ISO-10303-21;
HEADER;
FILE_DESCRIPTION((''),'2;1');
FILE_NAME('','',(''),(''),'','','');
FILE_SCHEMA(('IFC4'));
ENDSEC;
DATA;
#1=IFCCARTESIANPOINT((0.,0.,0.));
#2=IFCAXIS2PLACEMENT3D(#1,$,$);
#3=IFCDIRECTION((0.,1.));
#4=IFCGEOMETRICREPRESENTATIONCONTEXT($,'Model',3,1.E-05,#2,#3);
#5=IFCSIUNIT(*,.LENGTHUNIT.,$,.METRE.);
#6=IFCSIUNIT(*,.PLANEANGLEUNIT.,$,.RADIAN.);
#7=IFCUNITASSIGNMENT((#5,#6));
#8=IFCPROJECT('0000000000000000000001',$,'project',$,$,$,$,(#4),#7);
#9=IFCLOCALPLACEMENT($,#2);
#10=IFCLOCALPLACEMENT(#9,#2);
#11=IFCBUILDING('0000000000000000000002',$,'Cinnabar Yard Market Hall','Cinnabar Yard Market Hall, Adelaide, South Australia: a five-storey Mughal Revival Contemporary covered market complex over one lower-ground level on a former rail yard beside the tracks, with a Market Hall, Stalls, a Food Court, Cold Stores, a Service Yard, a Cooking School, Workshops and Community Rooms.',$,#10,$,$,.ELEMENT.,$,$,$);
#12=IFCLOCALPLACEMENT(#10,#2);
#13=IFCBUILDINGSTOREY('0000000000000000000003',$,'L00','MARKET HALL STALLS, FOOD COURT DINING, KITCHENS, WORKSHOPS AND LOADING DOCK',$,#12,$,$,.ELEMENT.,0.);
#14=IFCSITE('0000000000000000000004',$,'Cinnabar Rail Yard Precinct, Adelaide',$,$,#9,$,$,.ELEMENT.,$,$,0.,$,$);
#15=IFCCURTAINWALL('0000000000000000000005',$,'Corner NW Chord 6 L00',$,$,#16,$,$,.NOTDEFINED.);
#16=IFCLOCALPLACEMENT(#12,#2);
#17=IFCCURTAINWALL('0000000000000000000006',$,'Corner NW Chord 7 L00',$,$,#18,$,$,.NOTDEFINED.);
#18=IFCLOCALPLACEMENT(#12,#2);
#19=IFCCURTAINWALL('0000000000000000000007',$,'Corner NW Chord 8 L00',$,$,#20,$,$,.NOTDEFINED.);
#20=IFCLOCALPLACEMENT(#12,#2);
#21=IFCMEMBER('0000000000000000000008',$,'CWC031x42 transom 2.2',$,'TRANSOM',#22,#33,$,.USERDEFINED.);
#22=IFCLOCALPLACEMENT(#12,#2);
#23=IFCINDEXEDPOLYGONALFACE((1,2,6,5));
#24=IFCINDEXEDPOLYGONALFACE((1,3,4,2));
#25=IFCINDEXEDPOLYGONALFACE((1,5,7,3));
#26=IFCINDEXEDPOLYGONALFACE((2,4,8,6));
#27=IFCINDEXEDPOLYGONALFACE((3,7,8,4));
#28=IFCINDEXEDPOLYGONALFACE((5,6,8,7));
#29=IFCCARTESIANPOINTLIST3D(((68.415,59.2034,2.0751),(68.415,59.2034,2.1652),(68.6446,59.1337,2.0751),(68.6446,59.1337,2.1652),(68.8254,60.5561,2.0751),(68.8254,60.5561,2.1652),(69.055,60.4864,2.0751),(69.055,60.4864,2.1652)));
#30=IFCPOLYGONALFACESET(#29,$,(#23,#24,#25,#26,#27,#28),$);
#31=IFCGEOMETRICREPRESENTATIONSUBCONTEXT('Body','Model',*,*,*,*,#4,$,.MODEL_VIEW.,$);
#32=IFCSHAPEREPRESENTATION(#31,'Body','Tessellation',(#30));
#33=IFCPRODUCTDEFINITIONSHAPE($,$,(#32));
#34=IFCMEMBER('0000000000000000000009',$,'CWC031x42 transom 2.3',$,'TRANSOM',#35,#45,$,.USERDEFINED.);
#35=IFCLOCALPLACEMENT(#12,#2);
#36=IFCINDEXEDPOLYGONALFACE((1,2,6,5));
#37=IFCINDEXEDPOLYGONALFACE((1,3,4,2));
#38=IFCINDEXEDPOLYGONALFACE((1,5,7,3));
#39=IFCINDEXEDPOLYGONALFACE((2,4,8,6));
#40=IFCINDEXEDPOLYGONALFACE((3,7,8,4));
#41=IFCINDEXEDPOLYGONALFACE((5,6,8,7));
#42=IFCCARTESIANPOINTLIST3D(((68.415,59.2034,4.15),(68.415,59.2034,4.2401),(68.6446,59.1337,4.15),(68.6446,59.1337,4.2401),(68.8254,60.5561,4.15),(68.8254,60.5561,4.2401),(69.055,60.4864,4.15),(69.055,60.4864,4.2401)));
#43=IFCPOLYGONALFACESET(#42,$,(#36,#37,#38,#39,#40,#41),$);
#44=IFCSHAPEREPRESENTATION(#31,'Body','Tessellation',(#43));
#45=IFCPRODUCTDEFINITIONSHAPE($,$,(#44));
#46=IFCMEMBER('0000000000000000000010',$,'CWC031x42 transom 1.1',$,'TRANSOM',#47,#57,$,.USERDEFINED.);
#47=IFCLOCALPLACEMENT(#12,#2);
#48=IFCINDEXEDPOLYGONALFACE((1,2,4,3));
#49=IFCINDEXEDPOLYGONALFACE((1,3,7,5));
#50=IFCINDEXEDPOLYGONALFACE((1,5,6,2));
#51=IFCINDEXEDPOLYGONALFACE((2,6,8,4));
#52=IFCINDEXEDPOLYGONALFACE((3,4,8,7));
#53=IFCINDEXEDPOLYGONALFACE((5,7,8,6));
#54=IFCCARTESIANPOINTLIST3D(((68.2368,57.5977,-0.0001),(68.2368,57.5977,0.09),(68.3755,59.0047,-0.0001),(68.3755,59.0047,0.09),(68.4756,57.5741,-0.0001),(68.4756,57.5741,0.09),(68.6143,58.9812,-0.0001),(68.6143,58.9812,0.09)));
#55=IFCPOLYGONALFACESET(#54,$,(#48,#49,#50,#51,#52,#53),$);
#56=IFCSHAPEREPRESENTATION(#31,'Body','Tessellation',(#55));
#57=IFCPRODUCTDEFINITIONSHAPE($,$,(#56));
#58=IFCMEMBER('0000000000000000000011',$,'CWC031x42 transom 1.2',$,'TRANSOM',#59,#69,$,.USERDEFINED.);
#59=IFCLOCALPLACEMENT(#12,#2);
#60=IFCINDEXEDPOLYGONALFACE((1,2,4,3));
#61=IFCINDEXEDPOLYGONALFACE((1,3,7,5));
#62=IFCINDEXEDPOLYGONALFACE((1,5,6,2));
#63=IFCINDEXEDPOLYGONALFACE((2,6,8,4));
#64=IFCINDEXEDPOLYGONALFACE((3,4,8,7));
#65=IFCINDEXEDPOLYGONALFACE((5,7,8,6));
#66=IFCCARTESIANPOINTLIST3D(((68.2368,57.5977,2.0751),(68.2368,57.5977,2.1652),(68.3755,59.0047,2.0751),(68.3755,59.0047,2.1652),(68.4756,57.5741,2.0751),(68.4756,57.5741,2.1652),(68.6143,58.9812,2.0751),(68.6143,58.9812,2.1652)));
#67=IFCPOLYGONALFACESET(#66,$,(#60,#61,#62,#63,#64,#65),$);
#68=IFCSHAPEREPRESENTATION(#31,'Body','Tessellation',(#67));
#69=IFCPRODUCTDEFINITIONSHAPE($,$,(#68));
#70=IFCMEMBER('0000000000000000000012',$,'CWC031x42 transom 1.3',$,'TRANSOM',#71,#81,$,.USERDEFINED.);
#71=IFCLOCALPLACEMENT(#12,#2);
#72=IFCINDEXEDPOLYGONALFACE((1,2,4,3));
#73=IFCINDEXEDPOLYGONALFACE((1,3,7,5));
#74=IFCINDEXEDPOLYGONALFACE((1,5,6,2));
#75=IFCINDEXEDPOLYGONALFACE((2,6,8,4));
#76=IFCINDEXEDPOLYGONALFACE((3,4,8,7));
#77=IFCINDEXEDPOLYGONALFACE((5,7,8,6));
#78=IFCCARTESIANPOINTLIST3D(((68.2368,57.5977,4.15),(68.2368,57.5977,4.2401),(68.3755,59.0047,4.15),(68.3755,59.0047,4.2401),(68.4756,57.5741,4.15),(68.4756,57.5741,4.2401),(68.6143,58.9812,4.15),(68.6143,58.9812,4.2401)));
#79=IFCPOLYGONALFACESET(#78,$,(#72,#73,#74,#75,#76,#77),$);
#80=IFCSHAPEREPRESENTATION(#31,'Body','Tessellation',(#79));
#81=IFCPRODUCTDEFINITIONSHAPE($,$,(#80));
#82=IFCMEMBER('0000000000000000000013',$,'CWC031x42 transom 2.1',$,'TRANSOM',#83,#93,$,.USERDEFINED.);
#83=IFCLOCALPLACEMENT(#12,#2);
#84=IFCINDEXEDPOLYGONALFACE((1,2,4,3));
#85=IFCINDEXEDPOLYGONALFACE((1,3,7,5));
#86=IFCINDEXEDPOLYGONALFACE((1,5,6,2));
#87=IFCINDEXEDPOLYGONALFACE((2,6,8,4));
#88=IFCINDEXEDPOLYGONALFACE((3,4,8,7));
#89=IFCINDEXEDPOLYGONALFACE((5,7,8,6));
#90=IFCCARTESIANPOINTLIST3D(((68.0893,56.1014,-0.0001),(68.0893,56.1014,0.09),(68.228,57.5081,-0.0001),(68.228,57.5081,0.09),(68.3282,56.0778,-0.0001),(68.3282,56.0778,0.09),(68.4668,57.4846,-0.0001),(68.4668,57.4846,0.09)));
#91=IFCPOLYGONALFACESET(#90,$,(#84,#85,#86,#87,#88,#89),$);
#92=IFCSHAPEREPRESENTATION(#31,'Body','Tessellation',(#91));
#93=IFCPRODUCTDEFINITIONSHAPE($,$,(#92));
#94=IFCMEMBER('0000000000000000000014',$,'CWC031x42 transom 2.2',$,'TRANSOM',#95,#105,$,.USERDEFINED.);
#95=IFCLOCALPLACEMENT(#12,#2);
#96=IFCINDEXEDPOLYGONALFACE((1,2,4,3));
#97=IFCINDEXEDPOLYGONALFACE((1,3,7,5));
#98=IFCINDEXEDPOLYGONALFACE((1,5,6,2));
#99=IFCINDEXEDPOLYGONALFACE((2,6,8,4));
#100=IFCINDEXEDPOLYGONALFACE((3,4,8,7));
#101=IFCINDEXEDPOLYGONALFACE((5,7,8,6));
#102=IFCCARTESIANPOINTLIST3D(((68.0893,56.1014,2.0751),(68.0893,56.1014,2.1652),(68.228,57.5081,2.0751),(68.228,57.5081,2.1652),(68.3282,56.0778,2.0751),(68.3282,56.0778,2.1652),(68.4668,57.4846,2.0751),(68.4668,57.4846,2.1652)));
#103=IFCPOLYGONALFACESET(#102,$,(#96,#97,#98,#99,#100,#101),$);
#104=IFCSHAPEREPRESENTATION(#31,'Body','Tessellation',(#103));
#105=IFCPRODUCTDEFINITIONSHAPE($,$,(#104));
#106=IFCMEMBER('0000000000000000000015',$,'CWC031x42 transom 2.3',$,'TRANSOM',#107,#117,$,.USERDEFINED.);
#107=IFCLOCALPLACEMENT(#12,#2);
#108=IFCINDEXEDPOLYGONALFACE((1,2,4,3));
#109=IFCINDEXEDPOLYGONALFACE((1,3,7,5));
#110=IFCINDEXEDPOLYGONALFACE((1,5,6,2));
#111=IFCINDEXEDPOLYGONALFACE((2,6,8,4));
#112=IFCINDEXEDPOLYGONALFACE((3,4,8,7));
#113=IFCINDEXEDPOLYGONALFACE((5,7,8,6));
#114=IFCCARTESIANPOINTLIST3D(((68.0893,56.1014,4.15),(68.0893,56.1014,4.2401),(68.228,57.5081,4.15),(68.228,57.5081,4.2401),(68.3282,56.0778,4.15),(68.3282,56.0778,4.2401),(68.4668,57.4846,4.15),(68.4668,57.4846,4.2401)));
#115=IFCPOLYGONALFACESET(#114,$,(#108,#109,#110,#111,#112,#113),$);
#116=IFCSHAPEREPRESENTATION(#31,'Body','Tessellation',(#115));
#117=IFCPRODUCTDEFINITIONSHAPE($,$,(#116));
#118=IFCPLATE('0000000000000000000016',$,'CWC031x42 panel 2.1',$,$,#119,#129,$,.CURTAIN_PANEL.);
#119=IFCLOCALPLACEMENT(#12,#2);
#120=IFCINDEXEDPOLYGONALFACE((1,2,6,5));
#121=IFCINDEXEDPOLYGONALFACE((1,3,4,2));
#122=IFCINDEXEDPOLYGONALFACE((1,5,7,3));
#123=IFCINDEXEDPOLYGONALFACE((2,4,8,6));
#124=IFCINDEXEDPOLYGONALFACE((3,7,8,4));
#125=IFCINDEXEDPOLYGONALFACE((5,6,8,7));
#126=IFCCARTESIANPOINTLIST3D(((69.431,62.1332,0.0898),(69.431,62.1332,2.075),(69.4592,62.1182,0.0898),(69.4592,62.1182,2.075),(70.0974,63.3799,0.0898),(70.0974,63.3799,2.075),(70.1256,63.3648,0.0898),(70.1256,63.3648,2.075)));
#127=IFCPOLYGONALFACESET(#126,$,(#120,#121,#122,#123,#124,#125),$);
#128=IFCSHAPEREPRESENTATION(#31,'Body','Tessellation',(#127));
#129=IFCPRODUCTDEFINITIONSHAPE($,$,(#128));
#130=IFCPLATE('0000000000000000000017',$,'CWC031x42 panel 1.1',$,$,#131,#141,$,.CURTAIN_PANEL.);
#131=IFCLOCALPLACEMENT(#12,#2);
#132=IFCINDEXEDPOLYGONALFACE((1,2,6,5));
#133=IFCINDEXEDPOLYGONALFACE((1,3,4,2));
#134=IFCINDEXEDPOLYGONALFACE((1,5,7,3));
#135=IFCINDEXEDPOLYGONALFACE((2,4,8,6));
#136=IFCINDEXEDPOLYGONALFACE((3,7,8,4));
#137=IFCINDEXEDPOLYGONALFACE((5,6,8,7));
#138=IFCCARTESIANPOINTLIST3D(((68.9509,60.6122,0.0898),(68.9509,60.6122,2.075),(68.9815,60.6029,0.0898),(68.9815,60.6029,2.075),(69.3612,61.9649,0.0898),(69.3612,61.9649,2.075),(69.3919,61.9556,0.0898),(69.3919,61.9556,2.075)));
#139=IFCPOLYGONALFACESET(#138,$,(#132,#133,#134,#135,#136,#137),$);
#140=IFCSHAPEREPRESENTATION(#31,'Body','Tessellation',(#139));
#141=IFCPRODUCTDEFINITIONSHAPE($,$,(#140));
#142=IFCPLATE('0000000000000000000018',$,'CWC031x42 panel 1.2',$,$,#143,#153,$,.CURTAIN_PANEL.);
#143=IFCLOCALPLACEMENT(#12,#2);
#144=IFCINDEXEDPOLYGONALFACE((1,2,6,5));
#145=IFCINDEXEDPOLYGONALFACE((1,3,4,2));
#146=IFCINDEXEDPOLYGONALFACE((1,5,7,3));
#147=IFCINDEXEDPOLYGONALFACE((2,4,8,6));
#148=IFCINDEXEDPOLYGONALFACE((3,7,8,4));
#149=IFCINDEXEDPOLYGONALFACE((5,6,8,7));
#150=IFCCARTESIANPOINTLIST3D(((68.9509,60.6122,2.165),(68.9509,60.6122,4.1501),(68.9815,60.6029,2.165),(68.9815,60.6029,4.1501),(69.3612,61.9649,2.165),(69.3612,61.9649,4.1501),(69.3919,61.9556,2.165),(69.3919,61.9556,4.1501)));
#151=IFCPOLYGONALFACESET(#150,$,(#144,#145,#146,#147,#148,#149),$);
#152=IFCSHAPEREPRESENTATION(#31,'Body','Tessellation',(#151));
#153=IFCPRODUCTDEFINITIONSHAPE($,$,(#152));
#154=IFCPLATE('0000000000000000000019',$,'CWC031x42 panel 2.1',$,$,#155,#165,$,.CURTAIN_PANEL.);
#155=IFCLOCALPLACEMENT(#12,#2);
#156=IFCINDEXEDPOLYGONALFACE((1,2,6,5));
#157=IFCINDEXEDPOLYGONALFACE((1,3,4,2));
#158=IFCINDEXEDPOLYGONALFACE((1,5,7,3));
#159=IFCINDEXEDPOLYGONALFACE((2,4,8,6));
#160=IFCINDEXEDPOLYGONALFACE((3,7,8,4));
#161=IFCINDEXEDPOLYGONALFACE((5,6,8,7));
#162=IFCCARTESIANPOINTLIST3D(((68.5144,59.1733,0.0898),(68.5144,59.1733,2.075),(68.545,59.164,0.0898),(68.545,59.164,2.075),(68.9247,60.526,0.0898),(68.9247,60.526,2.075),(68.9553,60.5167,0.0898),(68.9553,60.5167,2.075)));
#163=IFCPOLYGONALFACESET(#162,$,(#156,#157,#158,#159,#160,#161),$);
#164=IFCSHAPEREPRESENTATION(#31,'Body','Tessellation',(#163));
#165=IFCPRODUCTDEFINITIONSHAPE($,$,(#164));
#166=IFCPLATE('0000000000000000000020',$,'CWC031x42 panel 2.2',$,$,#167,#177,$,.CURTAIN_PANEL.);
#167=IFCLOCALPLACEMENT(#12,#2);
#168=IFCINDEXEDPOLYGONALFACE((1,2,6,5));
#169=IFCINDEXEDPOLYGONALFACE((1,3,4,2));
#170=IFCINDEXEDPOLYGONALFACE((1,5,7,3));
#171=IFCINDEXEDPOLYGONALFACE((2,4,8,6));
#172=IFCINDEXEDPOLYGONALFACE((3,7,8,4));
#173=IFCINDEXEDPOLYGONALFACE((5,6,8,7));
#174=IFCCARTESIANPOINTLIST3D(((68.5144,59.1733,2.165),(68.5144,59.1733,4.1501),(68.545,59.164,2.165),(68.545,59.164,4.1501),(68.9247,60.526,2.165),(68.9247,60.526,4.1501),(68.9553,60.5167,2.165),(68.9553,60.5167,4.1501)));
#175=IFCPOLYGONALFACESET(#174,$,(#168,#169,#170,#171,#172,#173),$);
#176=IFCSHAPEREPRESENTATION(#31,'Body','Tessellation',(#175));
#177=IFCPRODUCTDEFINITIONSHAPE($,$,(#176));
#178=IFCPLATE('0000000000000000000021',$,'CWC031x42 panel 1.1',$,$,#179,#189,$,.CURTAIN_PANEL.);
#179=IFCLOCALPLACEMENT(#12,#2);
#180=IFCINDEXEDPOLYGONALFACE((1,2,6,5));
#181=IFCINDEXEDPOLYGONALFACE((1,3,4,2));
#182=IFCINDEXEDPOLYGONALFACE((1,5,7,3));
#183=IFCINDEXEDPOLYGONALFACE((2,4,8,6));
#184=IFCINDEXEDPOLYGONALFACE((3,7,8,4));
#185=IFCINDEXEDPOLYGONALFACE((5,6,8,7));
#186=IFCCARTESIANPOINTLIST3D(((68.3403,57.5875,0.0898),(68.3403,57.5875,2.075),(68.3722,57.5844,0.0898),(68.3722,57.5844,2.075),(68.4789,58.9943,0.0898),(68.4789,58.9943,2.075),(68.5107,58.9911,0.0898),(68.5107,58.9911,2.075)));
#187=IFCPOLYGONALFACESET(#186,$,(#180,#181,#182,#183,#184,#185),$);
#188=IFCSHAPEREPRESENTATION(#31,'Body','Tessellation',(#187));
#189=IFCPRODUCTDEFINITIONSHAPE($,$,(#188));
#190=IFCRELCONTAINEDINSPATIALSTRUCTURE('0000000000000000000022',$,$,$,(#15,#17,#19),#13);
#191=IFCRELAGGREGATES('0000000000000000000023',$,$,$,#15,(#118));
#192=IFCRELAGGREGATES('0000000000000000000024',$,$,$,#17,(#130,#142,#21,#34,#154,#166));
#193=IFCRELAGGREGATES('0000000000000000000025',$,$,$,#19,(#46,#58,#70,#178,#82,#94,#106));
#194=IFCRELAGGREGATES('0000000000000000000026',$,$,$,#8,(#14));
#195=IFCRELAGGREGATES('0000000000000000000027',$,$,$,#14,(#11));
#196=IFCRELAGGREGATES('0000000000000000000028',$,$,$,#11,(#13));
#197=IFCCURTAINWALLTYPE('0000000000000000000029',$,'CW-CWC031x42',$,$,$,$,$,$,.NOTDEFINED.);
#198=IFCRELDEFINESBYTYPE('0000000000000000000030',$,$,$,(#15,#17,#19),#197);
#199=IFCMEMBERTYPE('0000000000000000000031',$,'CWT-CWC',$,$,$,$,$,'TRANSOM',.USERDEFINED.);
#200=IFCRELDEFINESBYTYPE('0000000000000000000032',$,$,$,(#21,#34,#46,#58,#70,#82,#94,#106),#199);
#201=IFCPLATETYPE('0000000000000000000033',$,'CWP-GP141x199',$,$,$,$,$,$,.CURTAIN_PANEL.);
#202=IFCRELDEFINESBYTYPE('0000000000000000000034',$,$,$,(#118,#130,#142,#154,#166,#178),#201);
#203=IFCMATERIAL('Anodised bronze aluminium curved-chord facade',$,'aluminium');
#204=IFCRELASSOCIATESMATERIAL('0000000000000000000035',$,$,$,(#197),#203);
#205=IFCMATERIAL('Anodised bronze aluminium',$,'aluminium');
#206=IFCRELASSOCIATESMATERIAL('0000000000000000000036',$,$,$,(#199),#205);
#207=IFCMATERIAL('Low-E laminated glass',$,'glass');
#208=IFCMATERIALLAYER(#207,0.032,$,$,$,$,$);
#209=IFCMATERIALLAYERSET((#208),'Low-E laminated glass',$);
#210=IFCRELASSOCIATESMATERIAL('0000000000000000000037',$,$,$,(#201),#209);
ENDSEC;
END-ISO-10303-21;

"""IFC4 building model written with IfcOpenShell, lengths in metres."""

from ifc_helpers import new_model, si_unit, direction, frame, origin, origin_2d_with_axis, place, context, subcontext, project, spatial, rectangle, extrude, material, layer, layer_set, material_profile, profile_set, type_object, element, aggregate, save


model = new_model("IFC4")

# Units and contexts
model_context = context("Model", 3, precision=1e-05, world=origin(), true_north=direction((0.0, 1.0)))
body_context = subcontext(model_context, "Body", "Model", "MODEL_VIEW")
ifc_project = project(units=[si_unit("LENGTHUNIT", "METRE"), si_unit("PLANEANGLEUNIT", "RADIAN")], contexts=[model_context])

# Site, building, storey
site_placement = place(None, origin())
site = spatial("IfcSite", under=ifc_project, at=site_placement, Name="Cinnabar Rail Yard Precinct, Adelaide", CompositionType="ELEMENT", RefElevation=0.0)
building_placement = place(site_placement, origin())
building = spatial("IfcBuilding", under=site, at=building_placement, Name="Cinnabar Yard Market Hall", Description="Cinnabar Yard Market Hall, Adelaide, South Australia: a five-storey Mughal Revival Contemporary covered market complex over one lower-ground level on a former rail yard beside the tracks, with a Market Hall, Stalls, a Food Court, Cold Stores, a Service Yard, a Cooking School, Workshops and Community Rooms.", CompositionType="ELEMENT")
storey_placement = place(building_placement, origin())
storey = spatial("IfcBuildingStorey", under=building, at=storey_placement, Name="L00", Description="MARKET HALL STALLS, FOOD COURT DINING, KITCHENS, WORKSHOPS AND LOADING DOCK", CompositionType="ELEMENT", Elevation=0.0)

# Curtain wall
ifc_material_1 = material(Name="Anodised bronze aluminium curved-chord facade", Category="aluminium")
curtain_wall_type = type_object("IfcCurtainWallType", Name="CW-CWC031x42", PredefinedType="NOTDEFINED", material=ifc_material_1)
curtain_wall_1_placement = place(storey_placement, origin())
curtain_wall_1 = element("IfcCurtainWall", 1, at=curtain_wall_1_placement, inside=storey, type_object=curtain_wall_type, Name="Corner NW Chord 6 L00", PredefinedType="NOTDEFINED")
ifc_material_2 = material(Name="Anodised bronze aluminium", Category="aluminium")

# Curtain walls
curtain_wall_2_placement = place(storey_placement, origin())
curtain_wall_2 = element("IfcCurtainWall", 2, at=curtain_wall_2_placement, inside=storey, type_object=curtain_wall_type, Name="Corner NW Chord 7 L00", PredefinedType="NOTDEFINED")
curtain_wall_3_placement = place(storey_placement, origin())
curtain_wall_3 = element("IfcCurtainWall", 3, at=curtain_wall_3_placement, inside=storey, type_object=curtain_wall_type, Name="Corner NW Chord 8 L00", PredefinedType="NOTDEFINED")

# Members
ifc_material_profile_1 = material_profile(ifc_material_2, rectangle(XDim=0.24, YDim=0.0901, at=origin_2d_with_axis()), Name="TRN-CWC")
ifc_profile_set_1 = profile_set([ifc_material_profile_1], Name="Anodised bronze aluminium")
member_type_1 = type_object("IfcMemberType", Name="CWT-CWC", ElementType="TRANSOM", PredefinedType="USERDEFINED", material=ifc_profile_set_1)
member_1_placement = place(storey_placement, frame((68.9402, 60.5212, 2.1201), z_axis=(-0.290309, -0.956933, 0.0), x_axis=(0.956933, -0.290309, 0.0)))
member_1 = element("IfcMember", 4, at=member_1_placement, type_object=member_type_1, Name="CWC031x42 transom 2.2", ObjectType="TRANSOM", PredefinedType="USERDEFINED", context=body_context, shape_type="SweptSolid", body=[
    extrude(rectangle(XDim=0.24, YDim=0.0901, at=origin_2d_with_axis()), origin(), (0.0, 0.0, 1.0), 1.4136),
])
member_2_placement = place(storey_placement, frame((68.9402, 60.5212, 4.1951), z_axis=(-0.290309, -0.956933, 0.0), x_axis=(0.956933, -0.290309, 0.0)))
member_2 = element("IfcMember", 5, at=member_2_placement, type_object=member_type_1, Name="CWC031x42 transom 2.3", ObjectType="TRANSOM", PredefinedType="USERDEFINED", context=body_context, shape_type="SweptSolid", body=[
    extrude(rectangle(XDim=0.24, YDim=0.0901, at=origin_2d_with_axis()), origin(), (0.0, 0.0, 1.0), 1.4136),
])
member_3_placement = place(storey_placement, frame((68.4949, 58.9929, 0.0449), z_axis=(-0.098085, -0.995178, 0.0), x_axis=(0.995178, -0.098085, 0.0)))
member_3 = element("IfcMember", 6, at=member_3_placement, type_object=member_type_1, Name="CWC031x42 transom 1.1", ObjectType="TRANSOM", PredefinedType="USERDEFINED", context=body_context, shape_type="SweptSolid", body=[
    extrude(rectangle(XDim=0.24, YDim=0.0901, at=origin_2d_with_axis()), origin(), (0.0, 0.0, 1.0), 1.4138),
])
member_4_placement = place(storey_placement, frame((68.4949, 58.9929, 2.1201), z_axis=(-0.098085, -0.995178, 0.0), x_axis=(0.995178, -0.098085, 0.0)))
member_4 = element("IfcMember", 7, at=member_4_placement, type_object=member_type_1, Name="CWC031x42 transom 1.2", ObjectType="TRANSOM", PredefinedType="USERDEFINED", context=body_context, shape_type="SweptSolid", body=[
    extrude(rectangle(XDim=0.24, YDim=0.0901, at=origin_2d_with_axis()), origin(), (0.0, 0.0, 1.0), 1.4138),
])
member_5_placement = place(storey_placement, frame((68.4949, 58.9929, 4.1951), z_axis=(-0.098085, -0.995178, 0.0), x_axis=(0.995178, -0.098085, 0.0)))
member_5 = element("IfcMember", 8, at=member_5_placement, type_object=member_type_1, Name="CWC031x42 transom 1.3", ObjectType="TRANSOM", PredefinedType="USERDEFINED", context=body_context, shape_type="SweptSolid", body=[
    extrude(rectangle(XDim=0.24, YDim=0.0901, at=origin_2d_with_axis()), origin(), (0.0, 0.0, 1.0), 1.4138),
])
member_6_placement = place(storey_placement, frame((68.3474, 57.4963, 0.0449), z_axis=(-0.098101, -0.995176, 0.0), x_axis=(0.995176, -0.098101, 0.0)))
member_6 = element("IfcMember", 9, at=member_6_placement, type_object=member_type_1, Name="CWC031x42 transom 2.1", ObjectType="TRANSOM", PredefinedType="USERDEFINED", context=body_context, shape_type="SweptSolid", body=[
    extrude(rectangle(XDim=0.24, YDim=0.0901, at=origin_2d_with_axis()), origin(), (0.0, 0.0, 1.0), 1.4136),
])
member_7_placement = place(storey_placement, frame((68.3474, 57.4963, 2.1201), z_axis=(-0.098101, -0.995176, 0.0), x_axis=(0.995176, -0.098101, 0.0)))
member_7 = element("IfcMember", 10, at=member_7_placement, type_object=member_type_1, Name="CWC031x42 transom 2.2", ObjectType="TRANSOM", PredefinedType="USERDEFINED", context=body_context, shape_type="SweptSolid", body=[
    extrude(rectangle(XDim=0.24, YDim=0.0901, at=origin_2d_with_axis()), origin(), (0.0, 0.0, 1.0), 1.4136),
])
member_8_placement = place(storey_placement, frame((68.3474, 57.4963, 4.1951), z_axis=(-0.098101, -0.995176, 0.0), x_axis=(0.995176, -0.098101, 0.0)))
member_8 = element("IfcMember", 11, at=member_8_placement, type_object=member_type_1, Name="CWC031x42 transom 2.3", ObjectType="TRANSOM", PredefinedType="USERDEFINED", context=body_context, shape_type="SweptSolid", body=[
    extrude(rectangle(XDim=0.24, YDim=0.0901, at=origin_2d_with_axis()), origin(), (0.0, 0.0, 1.0), 1.4136),
])

# Plates
ifc_material_3 = material(Name="Low-E laminated glass", Category="glass")
ifc_layer_1 = layer(ifc_material_3, 0.032)
ifc_layer_set_1 = layer_set([ifc_layer_1], Name="Low-E laminated glass")
plate_type = type_object("IfcPlateType", Name="CWP-GP141x199", PredefinedType="CURTAIN_PANEL", material=ifc_layer_set_1)
plate_1_placement = place(storey_placement, frame((69.7783, 62.749, 0.0898), z_axis=(0.0, 0.0, 1.0), x_axis=(-0.471404, -0.881917, 0.0)))
plate_1 = element("IfcPlate", 12, at=plate_1_placement, type_object=plate_type, Name="CWC031x42 panel 2.1", PredefinedType="CURTAIN_PANEL", context=body_context, shape_type="SweptSolid", body=[
    extrude(rectangle(XDim=1.4136, YDim=0.032, at=origin_2d_with_axis()), origin(), (0.0, 0.0, 1.0), 1.9851),
])
aggregate(curtain_wall_1, [plate_1])
plate_2_placement = place(storey_placement, frame((69.1714, 61.2839, 0.0898), z_axis=(0.0, 0.0, 1.0), x_axis=(-0.290279, -0.956942, 0.0)))
plate_2 = element("IfcPlate", 13, at=plate_2_placement, type_object=plate_type, Name="CWC031x42 panel 1.1", PredefinedType="CURTAIN_PANEL", context=body_context, shape_type="SweptSolid", body=[
    extrude(rectangle(XDim=1.4136, YDim=0.032, at=origin_2d_with_axis()), origin(), (0.0, 0.0, 1.0), 1.9851),
])
plate_3_placement = place(storey_placement, frame((69.1714, 61.2839, 2.165), z_axis=(0.0, 0.0, 1.0), x_axis=(-0.290279, -0.956942, 0.0)))
plate_3 = element("IfcPlate", 14, at=plate_3_placement, type_object=plate_type, Name="CWC031x42 panel 1.2", PredefinedType="CURTAIN_PANEL", context=body_context, shape_type="SweptSolid", body=[
    extrude(rectangle(XDim=1.4136, YDim=0.032, at=origin_2d_with_axis()), origin(), (0.0, 0.0, 1.0), 1.9851),
])
plate_4_placement = place(storey_placement, frame((68.7349, 59.845, 0.0898), z_axis=(0.0, 0.0, 1.0), x_axis=(-0.290279, -0.956942, 0.0)))
plate_4 = element("IfcPlate", 15, at=plate_4_placement, type_object=plate_type, Name="CWC031x42 panel 2.1", PredefinedType="CURTAIN_PANEL", context=body_context, shape_type="SweptSolid", body=[
    extrude(rectangle(XDim=1.4136, YDim=0.032, at=origin_2d_with_axis()), origin(), (0.0, 0.0, 1.0), 1.9851),
])
plate_5_placement = place(storey_placement, frame((68.7349, 59.845, 2.165), z_axis=(0.0, 0.0, 1.0), x_axis=(-0.290279, -0.956942, 0.0)))
plate_5 = element("IfcPlate", 16, at=plate_5_placement, type_object=plate_type, Name="CWC031x42 panel 2.2", PredefinedType="CURTAIN_PANEL", context=body_context, shape_type="SweptSolid", body=[
    extrude(rectangle(XDim=1.4136, YDim=0.032, at=origin_2d_with_axis()), origin(), (0.0, 0.0, 1.0), 1.9851),
])
aggregate(curtain_wall_2, [plate_2, plate_3, member_1, member_2, plate_4, plate_5])
plate_6_placement = place(storey_placement, frame((68.4255, 58.2893, 0.0898), z_axis=(0.0, 0.0, 1.0), x_axis=(-0.09802, -0.995184, 0.0)))
plate_6 = element("IfcPlate", 17, at=plate_6_placement, type_object=plate_type, Name="CWC031x42 panel 1.1", PredefinedType="CURTAIN_PANEL", context=body_context, shape_type="SweptSolid", body=[
    extrude(rectangle(XDim=1.4136, YDim=0.032, at=origin_2d_with_axis()), origin(), (0.0, 0.0, 1.0), 1.9851),
])
aggregate(curtain_wall_3, [member_3, member_4, member_5, plate_6, member_6, member_7, member_8])

save(model, "model.ifc")
